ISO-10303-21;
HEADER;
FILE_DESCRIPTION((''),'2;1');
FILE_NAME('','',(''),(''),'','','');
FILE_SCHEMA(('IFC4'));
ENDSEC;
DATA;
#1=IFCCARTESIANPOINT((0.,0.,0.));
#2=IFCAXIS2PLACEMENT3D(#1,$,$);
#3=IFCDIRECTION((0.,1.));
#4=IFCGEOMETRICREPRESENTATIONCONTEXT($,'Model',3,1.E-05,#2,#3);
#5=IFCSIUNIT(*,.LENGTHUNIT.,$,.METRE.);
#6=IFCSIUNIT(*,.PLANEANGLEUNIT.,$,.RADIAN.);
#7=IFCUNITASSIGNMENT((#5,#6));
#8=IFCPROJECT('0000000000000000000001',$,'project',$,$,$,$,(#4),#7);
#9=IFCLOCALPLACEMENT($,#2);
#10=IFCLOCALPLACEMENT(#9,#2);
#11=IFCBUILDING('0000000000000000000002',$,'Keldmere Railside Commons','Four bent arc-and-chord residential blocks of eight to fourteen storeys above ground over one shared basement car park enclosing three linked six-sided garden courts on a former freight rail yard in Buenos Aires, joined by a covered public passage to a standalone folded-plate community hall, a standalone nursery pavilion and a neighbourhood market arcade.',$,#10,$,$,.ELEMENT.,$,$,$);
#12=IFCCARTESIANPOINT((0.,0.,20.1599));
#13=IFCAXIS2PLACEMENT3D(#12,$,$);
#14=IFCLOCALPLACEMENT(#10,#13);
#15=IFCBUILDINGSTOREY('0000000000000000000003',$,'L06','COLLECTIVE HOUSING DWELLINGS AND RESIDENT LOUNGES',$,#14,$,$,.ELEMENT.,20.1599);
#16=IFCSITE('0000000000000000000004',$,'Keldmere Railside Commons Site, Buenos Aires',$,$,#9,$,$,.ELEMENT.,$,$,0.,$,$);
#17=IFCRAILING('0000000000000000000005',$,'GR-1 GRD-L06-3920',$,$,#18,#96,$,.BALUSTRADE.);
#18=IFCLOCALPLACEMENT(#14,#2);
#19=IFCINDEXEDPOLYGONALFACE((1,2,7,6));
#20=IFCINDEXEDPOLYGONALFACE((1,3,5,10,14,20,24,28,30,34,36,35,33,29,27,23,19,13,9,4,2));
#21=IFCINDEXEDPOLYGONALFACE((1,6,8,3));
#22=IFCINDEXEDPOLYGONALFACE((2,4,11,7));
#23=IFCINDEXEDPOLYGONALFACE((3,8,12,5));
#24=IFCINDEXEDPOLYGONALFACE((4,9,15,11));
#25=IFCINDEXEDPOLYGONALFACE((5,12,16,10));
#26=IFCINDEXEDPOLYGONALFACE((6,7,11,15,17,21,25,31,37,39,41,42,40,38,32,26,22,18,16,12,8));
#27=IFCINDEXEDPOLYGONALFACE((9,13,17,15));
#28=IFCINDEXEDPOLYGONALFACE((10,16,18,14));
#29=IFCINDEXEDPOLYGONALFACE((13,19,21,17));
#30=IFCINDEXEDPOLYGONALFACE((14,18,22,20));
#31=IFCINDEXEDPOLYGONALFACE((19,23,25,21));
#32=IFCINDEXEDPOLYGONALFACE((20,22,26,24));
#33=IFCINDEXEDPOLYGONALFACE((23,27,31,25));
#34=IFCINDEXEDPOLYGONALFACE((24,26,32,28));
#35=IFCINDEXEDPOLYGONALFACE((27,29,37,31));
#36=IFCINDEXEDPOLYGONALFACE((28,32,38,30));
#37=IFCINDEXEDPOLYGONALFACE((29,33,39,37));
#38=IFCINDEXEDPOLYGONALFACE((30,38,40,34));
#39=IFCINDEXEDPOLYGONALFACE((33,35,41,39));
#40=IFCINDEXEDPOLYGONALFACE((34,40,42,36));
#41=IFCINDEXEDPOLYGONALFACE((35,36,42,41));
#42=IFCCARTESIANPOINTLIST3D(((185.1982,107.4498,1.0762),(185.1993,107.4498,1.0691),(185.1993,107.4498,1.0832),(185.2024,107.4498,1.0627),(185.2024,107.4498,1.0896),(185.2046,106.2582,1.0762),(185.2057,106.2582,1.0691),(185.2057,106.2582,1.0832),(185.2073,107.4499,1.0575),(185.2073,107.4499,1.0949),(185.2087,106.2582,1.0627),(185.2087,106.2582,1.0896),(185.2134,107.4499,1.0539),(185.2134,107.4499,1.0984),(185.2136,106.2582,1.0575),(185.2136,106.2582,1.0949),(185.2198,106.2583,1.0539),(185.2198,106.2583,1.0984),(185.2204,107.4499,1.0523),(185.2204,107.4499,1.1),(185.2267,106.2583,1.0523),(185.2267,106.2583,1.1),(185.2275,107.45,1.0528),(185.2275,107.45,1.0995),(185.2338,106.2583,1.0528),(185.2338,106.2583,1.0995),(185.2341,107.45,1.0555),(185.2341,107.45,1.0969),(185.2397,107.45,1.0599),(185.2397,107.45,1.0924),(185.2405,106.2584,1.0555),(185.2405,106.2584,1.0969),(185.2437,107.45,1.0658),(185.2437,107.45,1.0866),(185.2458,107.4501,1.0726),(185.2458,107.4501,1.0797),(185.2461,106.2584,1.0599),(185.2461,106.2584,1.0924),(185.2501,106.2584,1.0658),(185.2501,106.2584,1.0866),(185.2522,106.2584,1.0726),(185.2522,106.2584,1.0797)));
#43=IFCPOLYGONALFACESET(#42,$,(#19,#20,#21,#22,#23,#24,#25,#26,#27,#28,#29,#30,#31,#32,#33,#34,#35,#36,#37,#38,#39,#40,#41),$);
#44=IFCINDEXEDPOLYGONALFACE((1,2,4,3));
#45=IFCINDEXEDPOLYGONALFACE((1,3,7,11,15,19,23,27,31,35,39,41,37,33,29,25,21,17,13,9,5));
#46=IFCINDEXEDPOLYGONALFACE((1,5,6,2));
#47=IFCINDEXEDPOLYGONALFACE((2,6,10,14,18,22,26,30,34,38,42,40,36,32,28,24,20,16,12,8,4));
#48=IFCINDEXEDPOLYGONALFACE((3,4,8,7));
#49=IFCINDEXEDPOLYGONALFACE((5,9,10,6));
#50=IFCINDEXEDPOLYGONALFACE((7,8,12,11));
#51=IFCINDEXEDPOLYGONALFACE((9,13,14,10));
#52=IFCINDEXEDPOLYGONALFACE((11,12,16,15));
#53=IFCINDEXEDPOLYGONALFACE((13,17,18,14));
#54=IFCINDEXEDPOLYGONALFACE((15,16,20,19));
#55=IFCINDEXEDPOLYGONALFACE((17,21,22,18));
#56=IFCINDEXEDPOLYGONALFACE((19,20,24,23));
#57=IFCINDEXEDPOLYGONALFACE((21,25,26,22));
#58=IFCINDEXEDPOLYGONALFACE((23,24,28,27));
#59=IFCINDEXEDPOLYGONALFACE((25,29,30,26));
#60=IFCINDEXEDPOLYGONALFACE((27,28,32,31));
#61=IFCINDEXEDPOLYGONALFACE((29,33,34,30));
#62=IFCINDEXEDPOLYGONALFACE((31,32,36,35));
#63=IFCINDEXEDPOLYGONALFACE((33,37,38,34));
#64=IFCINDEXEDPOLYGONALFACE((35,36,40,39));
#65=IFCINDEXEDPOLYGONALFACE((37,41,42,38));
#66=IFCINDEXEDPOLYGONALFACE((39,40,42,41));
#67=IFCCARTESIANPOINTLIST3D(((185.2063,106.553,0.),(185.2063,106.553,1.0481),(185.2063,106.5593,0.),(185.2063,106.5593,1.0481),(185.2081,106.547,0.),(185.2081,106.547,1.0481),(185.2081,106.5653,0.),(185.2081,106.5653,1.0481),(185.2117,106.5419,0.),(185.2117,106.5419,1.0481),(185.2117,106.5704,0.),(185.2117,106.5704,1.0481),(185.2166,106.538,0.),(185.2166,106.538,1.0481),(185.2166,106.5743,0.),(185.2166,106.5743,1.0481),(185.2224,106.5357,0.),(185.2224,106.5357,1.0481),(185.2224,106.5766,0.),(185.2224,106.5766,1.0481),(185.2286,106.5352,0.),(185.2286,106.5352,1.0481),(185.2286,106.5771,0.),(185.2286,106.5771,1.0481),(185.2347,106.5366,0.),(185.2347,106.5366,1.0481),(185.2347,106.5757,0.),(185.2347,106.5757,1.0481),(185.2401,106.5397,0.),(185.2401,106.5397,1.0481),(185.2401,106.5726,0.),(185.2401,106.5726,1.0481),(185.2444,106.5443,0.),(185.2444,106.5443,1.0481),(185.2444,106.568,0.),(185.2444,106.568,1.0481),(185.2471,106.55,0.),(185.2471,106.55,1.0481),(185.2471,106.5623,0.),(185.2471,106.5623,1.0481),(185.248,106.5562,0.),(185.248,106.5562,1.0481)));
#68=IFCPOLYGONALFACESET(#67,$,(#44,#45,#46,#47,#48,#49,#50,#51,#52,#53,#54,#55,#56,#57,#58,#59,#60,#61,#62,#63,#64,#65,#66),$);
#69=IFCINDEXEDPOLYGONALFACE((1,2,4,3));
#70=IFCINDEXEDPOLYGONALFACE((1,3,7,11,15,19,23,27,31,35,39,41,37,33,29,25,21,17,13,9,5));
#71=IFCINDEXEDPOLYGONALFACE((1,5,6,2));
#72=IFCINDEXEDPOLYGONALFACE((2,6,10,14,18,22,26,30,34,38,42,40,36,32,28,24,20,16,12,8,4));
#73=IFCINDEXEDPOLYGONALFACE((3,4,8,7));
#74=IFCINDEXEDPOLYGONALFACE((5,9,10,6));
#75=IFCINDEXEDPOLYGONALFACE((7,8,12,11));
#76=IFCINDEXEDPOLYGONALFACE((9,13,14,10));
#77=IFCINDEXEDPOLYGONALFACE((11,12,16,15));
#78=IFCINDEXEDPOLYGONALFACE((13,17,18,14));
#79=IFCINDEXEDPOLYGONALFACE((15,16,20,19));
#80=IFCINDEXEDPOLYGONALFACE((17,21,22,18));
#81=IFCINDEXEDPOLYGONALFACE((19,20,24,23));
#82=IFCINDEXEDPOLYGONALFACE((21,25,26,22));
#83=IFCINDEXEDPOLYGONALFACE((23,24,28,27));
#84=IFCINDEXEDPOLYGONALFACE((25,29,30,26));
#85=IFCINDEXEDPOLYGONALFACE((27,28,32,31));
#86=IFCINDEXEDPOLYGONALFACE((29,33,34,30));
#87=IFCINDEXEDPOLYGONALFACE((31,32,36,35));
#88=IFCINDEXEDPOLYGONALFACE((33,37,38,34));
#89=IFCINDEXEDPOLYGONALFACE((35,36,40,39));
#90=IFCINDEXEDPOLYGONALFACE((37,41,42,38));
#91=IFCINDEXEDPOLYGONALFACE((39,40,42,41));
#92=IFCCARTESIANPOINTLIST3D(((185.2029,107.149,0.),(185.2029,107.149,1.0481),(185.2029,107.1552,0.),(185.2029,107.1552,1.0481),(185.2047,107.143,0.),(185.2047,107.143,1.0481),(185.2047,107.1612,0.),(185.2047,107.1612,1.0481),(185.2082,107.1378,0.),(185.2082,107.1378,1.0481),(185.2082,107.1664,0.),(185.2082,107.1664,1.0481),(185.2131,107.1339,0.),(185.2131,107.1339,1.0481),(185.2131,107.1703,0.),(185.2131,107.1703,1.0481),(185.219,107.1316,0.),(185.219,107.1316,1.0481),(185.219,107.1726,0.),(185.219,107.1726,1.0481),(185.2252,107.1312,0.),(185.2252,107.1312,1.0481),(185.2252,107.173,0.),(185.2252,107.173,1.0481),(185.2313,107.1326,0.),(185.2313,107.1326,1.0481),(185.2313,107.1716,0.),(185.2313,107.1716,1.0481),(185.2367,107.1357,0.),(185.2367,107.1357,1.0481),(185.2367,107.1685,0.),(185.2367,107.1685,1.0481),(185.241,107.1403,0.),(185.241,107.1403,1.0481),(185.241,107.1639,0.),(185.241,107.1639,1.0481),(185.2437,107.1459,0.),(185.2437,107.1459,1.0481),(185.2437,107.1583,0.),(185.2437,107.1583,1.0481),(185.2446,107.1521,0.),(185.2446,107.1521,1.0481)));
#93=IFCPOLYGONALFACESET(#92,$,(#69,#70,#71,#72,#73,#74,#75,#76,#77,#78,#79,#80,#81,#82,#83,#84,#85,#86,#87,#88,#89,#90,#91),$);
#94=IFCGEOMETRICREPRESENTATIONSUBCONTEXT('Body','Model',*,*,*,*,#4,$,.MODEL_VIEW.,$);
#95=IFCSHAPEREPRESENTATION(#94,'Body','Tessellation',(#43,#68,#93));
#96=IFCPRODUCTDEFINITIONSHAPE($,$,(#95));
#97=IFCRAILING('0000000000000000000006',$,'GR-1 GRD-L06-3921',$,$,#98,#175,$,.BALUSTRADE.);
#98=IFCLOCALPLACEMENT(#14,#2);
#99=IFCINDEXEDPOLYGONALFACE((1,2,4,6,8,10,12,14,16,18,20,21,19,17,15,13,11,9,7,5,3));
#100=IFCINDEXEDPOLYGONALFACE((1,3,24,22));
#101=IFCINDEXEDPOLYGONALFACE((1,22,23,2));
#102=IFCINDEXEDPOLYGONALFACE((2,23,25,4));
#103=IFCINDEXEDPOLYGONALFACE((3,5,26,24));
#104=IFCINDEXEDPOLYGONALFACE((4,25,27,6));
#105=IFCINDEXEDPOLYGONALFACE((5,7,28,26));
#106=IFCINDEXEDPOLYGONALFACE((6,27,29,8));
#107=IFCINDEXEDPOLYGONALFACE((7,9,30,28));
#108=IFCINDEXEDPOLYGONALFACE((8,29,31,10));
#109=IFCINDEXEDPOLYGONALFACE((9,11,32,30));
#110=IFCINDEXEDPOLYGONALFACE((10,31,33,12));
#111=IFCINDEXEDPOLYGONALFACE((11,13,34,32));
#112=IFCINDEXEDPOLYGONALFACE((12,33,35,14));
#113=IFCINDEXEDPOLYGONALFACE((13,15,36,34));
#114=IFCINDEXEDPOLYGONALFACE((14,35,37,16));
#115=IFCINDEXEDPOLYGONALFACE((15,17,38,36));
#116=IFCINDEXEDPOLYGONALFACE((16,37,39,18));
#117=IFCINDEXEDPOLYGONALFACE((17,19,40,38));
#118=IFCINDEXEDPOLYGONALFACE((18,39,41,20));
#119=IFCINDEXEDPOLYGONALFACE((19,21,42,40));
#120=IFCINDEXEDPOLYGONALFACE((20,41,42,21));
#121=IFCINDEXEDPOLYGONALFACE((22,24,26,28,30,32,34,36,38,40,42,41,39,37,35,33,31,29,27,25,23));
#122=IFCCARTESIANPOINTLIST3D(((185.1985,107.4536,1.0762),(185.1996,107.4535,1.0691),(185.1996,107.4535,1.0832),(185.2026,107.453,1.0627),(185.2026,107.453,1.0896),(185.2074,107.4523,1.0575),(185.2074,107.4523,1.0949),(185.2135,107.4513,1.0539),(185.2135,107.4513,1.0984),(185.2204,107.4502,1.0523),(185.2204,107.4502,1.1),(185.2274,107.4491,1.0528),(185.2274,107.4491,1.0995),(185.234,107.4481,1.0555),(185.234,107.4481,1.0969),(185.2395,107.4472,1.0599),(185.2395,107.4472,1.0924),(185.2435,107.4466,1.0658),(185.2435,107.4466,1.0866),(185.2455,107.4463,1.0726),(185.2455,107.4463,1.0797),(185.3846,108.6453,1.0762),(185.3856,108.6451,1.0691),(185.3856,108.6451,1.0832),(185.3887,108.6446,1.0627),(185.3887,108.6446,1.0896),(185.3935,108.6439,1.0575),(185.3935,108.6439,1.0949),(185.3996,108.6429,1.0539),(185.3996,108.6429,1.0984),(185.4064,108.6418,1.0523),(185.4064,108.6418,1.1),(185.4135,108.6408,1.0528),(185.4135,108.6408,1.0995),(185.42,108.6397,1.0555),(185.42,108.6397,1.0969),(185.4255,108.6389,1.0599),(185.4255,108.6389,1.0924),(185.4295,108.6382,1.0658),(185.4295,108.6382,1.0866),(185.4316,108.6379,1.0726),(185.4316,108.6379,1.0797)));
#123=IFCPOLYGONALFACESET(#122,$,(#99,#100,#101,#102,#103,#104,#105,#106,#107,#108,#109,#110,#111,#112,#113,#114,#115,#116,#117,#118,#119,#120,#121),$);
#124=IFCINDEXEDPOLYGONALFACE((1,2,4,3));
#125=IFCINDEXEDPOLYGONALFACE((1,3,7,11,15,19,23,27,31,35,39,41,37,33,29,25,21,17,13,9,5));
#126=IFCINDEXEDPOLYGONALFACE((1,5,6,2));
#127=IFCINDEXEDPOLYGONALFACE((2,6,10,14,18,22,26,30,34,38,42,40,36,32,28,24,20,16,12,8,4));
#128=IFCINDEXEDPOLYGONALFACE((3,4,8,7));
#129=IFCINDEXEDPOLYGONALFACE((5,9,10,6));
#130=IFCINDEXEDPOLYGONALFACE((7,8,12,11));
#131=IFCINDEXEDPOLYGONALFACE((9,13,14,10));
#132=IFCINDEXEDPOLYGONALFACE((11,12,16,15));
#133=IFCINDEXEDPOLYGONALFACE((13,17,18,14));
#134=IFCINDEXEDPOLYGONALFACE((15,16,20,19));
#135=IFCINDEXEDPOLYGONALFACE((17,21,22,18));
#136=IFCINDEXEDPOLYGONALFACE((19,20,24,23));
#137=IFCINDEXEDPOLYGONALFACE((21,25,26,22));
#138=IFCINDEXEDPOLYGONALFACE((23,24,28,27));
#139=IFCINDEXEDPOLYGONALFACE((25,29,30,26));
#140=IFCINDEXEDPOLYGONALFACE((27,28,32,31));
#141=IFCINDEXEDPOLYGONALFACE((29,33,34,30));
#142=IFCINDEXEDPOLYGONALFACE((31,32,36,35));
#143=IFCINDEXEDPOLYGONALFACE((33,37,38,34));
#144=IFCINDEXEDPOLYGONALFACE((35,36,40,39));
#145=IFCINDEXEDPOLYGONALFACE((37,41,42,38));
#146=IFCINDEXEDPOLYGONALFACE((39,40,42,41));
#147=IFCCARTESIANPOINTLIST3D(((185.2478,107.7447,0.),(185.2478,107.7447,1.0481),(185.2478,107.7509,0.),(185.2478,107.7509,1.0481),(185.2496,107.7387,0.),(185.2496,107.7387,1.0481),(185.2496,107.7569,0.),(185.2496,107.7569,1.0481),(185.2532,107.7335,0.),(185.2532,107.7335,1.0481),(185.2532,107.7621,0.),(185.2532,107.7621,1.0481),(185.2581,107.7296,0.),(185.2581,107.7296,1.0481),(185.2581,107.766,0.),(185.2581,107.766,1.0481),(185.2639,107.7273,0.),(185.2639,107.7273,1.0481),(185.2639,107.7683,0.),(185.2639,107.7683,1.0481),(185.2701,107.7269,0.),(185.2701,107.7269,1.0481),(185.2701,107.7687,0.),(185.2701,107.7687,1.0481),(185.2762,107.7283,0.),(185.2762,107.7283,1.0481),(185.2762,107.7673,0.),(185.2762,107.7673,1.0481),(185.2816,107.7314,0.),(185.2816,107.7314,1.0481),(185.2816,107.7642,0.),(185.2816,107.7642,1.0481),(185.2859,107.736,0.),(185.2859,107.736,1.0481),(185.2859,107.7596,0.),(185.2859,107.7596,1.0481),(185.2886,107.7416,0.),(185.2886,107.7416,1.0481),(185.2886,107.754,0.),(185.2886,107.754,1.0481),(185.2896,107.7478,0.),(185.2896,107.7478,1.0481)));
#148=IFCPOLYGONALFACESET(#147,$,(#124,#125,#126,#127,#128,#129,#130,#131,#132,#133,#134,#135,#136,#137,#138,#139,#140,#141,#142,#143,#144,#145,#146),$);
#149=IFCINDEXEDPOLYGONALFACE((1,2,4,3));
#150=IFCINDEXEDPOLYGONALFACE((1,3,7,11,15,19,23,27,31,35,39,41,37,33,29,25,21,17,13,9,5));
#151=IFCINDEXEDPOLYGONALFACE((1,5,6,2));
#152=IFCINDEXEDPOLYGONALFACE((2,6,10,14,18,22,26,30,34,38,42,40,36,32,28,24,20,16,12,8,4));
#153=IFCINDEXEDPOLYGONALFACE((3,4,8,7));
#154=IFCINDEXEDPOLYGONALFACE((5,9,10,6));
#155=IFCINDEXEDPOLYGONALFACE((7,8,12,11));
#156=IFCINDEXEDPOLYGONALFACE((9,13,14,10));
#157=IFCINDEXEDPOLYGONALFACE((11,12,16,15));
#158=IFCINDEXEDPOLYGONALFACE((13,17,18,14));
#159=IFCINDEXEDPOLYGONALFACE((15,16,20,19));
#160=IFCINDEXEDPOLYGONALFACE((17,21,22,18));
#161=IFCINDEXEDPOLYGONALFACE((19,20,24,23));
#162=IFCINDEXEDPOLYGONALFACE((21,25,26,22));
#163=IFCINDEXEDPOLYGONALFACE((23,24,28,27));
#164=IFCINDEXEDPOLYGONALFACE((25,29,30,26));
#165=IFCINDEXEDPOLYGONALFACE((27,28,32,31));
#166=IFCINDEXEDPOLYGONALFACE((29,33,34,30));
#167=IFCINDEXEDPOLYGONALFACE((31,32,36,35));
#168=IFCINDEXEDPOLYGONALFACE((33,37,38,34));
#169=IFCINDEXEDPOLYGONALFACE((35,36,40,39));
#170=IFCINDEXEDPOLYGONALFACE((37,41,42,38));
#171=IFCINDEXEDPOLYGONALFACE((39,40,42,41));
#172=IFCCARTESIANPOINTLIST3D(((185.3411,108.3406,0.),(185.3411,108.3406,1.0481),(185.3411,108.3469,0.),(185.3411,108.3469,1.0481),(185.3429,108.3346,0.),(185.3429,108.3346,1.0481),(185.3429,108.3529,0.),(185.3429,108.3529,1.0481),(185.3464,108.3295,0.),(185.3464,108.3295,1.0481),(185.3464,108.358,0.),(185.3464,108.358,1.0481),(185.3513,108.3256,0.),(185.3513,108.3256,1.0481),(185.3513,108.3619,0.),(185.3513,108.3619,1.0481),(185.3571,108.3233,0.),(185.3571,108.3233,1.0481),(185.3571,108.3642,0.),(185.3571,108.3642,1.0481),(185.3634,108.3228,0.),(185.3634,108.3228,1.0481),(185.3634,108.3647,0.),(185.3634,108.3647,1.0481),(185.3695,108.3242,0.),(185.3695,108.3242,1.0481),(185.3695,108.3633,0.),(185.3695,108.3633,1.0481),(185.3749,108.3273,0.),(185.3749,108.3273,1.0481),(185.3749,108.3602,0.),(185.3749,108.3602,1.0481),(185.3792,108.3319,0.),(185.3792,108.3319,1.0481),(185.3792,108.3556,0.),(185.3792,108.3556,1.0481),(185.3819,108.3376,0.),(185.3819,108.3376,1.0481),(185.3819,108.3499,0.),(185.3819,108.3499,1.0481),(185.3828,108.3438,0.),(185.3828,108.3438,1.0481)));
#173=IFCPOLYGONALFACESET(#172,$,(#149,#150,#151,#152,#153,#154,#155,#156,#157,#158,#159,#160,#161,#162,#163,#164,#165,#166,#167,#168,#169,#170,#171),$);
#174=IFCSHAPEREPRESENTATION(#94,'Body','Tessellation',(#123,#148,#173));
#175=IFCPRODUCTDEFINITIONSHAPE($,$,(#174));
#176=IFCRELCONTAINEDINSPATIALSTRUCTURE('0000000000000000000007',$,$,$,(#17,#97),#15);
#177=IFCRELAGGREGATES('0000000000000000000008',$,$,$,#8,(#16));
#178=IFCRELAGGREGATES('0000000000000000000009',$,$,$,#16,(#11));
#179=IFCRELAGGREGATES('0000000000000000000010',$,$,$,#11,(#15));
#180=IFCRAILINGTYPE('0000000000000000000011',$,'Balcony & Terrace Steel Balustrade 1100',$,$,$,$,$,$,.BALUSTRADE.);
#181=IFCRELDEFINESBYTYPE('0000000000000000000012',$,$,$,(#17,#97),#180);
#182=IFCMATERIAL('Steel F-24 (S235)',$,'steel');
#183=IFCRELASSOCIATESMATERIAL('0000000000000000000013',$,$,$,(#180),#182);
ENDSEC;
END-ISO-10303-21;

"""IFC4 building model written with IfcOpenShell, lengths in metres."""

from ifc_helpers import new_model, si_unit, direction, frame, origin, origin_2d, place, context, subcontext, project, spatial, circle, extrude, material, type_object, element, save


model = new_model("IFC4")

# Units and contexts
model_context = context("Model", 3, precision=1e-05, world=origin(), true_north=direction((0.0, 1.0)))
body_context = subcontext(model_context, "Body", "Model", "MODEL_VIEW")
ifc_project = project(units=[si_unit("LENGTHUNIT", "METRE"), si_unit("PLANEANGLEUNIT", "RADIAN")], contexts=[model_context])

# Site, building, storey
site_placement = place(None, origin())
site = spatial("IfcSite", under=ifc_project, at=site_placement, Name="Keldmere Railside Commons Site, Buenos Aires", CompositionType="ELEMENT", RefElevation=0.0)
building_placement = place(site_placement, origin())
building = spatial("IfcBuilding", under=site, at=building_placement, Name="Keldmere Railside Commons", Description="Four bent arc-and-chord residential blocks of eight to fourteen storeys above ground over one shared basement car park enclosing three linked six-sided garden courts on a former freight rail yard in Buenos Aires, joined by a covered public passage to a standalone folded-plate community hall, a standalone nursery pavilion and a neighbourhood market arcade.", CompositionType="ELEMENT")
storey_placement = place(building_placement, frame((0.0, 0.0, 20.1599)))
storey = spatial("IfcBuildingStorey", under=building, at=storey_placement, Name="L06", Description="COLLECTIVE HOUSING DWELLINGS AND RESIDENT LOUNGES", CompositionType="ELEMENT", Elevation=20.1599)

# Railings
ifc_material_1 = material(Name="Steel F-24 (S235)", Category="steel")
railing_type = type_object("IfcRailingType", Name="Balcony & Terrace Steel Balustrade 1100", PredefinedType="BALUSTRADE", material=ifc_material_1)
railing_1_placement = place(storey_placement, frame((185.2285, 106.2583, 0.0)))
element("IfcRailing", 1, at=railing_1_placement, inside=storey, type_object=railing_type, Name="GR-1 GRD-L06-3920", PredefinedType="BALUSTRADE", context=body_context, shape_type="SweptSolid", body=[
    extrude(circle(Radius=0.0239, at=origin_2d()), frame((0.0, 0.0, 1.0762), z_axis=(-0.005327, 0.999986, 0.0), x_axis=(-0.999986, -0.005327, 0.0)), (0.0, 0.0, 1.0), 1.1917),
    extrude(circle(Radius=0.021, at=origin_2d()), frame((-0.0015, 0.2979, 0.0)), (0.0, 0.0, 1.0), 1.0481),
    extrude(circle(Radius=0.021, at=origin_2d()), frame((-0.0049, 0.8938, 0.0)), (0.0, 0.0, 1.0), 1.0481),
])
railing_2_placement = place(storey_placement, frame((185.2222, 107.45, 0.0)))
element("IfcRailing", 2, at=railing_2_placement, inside=storey, type_object=railing_type, Name="GR-1 GRD-L06-3921", PredefinedType="BALUSTRADE", context=body_context, shape_type="SweptSolid", body=[
    extrude(circle(Radius=0.0239, at=origin_2d()), frame((0.0, 0.0, 1.0762), z_axis=(0.154247, 0.988032, 0.0), x_axis=(-0.988032, 0.154247, 0.0)), (0.0, 0.0, 1.0), 1.2061),
    extrude(circle(Radius=0.021, at=origin_2d()), frame((0.0464, 0.2979, 0.0)), (0.0, 0.0, 1.0), 1.0481),
    extrude(circle(Radius=0.021, at=origin_2d()), frame((0.1396, 0.8938, 0.0)), (0.0, 0.0, 1.0), 1.0481),
])

save(model, "model.ifc")
